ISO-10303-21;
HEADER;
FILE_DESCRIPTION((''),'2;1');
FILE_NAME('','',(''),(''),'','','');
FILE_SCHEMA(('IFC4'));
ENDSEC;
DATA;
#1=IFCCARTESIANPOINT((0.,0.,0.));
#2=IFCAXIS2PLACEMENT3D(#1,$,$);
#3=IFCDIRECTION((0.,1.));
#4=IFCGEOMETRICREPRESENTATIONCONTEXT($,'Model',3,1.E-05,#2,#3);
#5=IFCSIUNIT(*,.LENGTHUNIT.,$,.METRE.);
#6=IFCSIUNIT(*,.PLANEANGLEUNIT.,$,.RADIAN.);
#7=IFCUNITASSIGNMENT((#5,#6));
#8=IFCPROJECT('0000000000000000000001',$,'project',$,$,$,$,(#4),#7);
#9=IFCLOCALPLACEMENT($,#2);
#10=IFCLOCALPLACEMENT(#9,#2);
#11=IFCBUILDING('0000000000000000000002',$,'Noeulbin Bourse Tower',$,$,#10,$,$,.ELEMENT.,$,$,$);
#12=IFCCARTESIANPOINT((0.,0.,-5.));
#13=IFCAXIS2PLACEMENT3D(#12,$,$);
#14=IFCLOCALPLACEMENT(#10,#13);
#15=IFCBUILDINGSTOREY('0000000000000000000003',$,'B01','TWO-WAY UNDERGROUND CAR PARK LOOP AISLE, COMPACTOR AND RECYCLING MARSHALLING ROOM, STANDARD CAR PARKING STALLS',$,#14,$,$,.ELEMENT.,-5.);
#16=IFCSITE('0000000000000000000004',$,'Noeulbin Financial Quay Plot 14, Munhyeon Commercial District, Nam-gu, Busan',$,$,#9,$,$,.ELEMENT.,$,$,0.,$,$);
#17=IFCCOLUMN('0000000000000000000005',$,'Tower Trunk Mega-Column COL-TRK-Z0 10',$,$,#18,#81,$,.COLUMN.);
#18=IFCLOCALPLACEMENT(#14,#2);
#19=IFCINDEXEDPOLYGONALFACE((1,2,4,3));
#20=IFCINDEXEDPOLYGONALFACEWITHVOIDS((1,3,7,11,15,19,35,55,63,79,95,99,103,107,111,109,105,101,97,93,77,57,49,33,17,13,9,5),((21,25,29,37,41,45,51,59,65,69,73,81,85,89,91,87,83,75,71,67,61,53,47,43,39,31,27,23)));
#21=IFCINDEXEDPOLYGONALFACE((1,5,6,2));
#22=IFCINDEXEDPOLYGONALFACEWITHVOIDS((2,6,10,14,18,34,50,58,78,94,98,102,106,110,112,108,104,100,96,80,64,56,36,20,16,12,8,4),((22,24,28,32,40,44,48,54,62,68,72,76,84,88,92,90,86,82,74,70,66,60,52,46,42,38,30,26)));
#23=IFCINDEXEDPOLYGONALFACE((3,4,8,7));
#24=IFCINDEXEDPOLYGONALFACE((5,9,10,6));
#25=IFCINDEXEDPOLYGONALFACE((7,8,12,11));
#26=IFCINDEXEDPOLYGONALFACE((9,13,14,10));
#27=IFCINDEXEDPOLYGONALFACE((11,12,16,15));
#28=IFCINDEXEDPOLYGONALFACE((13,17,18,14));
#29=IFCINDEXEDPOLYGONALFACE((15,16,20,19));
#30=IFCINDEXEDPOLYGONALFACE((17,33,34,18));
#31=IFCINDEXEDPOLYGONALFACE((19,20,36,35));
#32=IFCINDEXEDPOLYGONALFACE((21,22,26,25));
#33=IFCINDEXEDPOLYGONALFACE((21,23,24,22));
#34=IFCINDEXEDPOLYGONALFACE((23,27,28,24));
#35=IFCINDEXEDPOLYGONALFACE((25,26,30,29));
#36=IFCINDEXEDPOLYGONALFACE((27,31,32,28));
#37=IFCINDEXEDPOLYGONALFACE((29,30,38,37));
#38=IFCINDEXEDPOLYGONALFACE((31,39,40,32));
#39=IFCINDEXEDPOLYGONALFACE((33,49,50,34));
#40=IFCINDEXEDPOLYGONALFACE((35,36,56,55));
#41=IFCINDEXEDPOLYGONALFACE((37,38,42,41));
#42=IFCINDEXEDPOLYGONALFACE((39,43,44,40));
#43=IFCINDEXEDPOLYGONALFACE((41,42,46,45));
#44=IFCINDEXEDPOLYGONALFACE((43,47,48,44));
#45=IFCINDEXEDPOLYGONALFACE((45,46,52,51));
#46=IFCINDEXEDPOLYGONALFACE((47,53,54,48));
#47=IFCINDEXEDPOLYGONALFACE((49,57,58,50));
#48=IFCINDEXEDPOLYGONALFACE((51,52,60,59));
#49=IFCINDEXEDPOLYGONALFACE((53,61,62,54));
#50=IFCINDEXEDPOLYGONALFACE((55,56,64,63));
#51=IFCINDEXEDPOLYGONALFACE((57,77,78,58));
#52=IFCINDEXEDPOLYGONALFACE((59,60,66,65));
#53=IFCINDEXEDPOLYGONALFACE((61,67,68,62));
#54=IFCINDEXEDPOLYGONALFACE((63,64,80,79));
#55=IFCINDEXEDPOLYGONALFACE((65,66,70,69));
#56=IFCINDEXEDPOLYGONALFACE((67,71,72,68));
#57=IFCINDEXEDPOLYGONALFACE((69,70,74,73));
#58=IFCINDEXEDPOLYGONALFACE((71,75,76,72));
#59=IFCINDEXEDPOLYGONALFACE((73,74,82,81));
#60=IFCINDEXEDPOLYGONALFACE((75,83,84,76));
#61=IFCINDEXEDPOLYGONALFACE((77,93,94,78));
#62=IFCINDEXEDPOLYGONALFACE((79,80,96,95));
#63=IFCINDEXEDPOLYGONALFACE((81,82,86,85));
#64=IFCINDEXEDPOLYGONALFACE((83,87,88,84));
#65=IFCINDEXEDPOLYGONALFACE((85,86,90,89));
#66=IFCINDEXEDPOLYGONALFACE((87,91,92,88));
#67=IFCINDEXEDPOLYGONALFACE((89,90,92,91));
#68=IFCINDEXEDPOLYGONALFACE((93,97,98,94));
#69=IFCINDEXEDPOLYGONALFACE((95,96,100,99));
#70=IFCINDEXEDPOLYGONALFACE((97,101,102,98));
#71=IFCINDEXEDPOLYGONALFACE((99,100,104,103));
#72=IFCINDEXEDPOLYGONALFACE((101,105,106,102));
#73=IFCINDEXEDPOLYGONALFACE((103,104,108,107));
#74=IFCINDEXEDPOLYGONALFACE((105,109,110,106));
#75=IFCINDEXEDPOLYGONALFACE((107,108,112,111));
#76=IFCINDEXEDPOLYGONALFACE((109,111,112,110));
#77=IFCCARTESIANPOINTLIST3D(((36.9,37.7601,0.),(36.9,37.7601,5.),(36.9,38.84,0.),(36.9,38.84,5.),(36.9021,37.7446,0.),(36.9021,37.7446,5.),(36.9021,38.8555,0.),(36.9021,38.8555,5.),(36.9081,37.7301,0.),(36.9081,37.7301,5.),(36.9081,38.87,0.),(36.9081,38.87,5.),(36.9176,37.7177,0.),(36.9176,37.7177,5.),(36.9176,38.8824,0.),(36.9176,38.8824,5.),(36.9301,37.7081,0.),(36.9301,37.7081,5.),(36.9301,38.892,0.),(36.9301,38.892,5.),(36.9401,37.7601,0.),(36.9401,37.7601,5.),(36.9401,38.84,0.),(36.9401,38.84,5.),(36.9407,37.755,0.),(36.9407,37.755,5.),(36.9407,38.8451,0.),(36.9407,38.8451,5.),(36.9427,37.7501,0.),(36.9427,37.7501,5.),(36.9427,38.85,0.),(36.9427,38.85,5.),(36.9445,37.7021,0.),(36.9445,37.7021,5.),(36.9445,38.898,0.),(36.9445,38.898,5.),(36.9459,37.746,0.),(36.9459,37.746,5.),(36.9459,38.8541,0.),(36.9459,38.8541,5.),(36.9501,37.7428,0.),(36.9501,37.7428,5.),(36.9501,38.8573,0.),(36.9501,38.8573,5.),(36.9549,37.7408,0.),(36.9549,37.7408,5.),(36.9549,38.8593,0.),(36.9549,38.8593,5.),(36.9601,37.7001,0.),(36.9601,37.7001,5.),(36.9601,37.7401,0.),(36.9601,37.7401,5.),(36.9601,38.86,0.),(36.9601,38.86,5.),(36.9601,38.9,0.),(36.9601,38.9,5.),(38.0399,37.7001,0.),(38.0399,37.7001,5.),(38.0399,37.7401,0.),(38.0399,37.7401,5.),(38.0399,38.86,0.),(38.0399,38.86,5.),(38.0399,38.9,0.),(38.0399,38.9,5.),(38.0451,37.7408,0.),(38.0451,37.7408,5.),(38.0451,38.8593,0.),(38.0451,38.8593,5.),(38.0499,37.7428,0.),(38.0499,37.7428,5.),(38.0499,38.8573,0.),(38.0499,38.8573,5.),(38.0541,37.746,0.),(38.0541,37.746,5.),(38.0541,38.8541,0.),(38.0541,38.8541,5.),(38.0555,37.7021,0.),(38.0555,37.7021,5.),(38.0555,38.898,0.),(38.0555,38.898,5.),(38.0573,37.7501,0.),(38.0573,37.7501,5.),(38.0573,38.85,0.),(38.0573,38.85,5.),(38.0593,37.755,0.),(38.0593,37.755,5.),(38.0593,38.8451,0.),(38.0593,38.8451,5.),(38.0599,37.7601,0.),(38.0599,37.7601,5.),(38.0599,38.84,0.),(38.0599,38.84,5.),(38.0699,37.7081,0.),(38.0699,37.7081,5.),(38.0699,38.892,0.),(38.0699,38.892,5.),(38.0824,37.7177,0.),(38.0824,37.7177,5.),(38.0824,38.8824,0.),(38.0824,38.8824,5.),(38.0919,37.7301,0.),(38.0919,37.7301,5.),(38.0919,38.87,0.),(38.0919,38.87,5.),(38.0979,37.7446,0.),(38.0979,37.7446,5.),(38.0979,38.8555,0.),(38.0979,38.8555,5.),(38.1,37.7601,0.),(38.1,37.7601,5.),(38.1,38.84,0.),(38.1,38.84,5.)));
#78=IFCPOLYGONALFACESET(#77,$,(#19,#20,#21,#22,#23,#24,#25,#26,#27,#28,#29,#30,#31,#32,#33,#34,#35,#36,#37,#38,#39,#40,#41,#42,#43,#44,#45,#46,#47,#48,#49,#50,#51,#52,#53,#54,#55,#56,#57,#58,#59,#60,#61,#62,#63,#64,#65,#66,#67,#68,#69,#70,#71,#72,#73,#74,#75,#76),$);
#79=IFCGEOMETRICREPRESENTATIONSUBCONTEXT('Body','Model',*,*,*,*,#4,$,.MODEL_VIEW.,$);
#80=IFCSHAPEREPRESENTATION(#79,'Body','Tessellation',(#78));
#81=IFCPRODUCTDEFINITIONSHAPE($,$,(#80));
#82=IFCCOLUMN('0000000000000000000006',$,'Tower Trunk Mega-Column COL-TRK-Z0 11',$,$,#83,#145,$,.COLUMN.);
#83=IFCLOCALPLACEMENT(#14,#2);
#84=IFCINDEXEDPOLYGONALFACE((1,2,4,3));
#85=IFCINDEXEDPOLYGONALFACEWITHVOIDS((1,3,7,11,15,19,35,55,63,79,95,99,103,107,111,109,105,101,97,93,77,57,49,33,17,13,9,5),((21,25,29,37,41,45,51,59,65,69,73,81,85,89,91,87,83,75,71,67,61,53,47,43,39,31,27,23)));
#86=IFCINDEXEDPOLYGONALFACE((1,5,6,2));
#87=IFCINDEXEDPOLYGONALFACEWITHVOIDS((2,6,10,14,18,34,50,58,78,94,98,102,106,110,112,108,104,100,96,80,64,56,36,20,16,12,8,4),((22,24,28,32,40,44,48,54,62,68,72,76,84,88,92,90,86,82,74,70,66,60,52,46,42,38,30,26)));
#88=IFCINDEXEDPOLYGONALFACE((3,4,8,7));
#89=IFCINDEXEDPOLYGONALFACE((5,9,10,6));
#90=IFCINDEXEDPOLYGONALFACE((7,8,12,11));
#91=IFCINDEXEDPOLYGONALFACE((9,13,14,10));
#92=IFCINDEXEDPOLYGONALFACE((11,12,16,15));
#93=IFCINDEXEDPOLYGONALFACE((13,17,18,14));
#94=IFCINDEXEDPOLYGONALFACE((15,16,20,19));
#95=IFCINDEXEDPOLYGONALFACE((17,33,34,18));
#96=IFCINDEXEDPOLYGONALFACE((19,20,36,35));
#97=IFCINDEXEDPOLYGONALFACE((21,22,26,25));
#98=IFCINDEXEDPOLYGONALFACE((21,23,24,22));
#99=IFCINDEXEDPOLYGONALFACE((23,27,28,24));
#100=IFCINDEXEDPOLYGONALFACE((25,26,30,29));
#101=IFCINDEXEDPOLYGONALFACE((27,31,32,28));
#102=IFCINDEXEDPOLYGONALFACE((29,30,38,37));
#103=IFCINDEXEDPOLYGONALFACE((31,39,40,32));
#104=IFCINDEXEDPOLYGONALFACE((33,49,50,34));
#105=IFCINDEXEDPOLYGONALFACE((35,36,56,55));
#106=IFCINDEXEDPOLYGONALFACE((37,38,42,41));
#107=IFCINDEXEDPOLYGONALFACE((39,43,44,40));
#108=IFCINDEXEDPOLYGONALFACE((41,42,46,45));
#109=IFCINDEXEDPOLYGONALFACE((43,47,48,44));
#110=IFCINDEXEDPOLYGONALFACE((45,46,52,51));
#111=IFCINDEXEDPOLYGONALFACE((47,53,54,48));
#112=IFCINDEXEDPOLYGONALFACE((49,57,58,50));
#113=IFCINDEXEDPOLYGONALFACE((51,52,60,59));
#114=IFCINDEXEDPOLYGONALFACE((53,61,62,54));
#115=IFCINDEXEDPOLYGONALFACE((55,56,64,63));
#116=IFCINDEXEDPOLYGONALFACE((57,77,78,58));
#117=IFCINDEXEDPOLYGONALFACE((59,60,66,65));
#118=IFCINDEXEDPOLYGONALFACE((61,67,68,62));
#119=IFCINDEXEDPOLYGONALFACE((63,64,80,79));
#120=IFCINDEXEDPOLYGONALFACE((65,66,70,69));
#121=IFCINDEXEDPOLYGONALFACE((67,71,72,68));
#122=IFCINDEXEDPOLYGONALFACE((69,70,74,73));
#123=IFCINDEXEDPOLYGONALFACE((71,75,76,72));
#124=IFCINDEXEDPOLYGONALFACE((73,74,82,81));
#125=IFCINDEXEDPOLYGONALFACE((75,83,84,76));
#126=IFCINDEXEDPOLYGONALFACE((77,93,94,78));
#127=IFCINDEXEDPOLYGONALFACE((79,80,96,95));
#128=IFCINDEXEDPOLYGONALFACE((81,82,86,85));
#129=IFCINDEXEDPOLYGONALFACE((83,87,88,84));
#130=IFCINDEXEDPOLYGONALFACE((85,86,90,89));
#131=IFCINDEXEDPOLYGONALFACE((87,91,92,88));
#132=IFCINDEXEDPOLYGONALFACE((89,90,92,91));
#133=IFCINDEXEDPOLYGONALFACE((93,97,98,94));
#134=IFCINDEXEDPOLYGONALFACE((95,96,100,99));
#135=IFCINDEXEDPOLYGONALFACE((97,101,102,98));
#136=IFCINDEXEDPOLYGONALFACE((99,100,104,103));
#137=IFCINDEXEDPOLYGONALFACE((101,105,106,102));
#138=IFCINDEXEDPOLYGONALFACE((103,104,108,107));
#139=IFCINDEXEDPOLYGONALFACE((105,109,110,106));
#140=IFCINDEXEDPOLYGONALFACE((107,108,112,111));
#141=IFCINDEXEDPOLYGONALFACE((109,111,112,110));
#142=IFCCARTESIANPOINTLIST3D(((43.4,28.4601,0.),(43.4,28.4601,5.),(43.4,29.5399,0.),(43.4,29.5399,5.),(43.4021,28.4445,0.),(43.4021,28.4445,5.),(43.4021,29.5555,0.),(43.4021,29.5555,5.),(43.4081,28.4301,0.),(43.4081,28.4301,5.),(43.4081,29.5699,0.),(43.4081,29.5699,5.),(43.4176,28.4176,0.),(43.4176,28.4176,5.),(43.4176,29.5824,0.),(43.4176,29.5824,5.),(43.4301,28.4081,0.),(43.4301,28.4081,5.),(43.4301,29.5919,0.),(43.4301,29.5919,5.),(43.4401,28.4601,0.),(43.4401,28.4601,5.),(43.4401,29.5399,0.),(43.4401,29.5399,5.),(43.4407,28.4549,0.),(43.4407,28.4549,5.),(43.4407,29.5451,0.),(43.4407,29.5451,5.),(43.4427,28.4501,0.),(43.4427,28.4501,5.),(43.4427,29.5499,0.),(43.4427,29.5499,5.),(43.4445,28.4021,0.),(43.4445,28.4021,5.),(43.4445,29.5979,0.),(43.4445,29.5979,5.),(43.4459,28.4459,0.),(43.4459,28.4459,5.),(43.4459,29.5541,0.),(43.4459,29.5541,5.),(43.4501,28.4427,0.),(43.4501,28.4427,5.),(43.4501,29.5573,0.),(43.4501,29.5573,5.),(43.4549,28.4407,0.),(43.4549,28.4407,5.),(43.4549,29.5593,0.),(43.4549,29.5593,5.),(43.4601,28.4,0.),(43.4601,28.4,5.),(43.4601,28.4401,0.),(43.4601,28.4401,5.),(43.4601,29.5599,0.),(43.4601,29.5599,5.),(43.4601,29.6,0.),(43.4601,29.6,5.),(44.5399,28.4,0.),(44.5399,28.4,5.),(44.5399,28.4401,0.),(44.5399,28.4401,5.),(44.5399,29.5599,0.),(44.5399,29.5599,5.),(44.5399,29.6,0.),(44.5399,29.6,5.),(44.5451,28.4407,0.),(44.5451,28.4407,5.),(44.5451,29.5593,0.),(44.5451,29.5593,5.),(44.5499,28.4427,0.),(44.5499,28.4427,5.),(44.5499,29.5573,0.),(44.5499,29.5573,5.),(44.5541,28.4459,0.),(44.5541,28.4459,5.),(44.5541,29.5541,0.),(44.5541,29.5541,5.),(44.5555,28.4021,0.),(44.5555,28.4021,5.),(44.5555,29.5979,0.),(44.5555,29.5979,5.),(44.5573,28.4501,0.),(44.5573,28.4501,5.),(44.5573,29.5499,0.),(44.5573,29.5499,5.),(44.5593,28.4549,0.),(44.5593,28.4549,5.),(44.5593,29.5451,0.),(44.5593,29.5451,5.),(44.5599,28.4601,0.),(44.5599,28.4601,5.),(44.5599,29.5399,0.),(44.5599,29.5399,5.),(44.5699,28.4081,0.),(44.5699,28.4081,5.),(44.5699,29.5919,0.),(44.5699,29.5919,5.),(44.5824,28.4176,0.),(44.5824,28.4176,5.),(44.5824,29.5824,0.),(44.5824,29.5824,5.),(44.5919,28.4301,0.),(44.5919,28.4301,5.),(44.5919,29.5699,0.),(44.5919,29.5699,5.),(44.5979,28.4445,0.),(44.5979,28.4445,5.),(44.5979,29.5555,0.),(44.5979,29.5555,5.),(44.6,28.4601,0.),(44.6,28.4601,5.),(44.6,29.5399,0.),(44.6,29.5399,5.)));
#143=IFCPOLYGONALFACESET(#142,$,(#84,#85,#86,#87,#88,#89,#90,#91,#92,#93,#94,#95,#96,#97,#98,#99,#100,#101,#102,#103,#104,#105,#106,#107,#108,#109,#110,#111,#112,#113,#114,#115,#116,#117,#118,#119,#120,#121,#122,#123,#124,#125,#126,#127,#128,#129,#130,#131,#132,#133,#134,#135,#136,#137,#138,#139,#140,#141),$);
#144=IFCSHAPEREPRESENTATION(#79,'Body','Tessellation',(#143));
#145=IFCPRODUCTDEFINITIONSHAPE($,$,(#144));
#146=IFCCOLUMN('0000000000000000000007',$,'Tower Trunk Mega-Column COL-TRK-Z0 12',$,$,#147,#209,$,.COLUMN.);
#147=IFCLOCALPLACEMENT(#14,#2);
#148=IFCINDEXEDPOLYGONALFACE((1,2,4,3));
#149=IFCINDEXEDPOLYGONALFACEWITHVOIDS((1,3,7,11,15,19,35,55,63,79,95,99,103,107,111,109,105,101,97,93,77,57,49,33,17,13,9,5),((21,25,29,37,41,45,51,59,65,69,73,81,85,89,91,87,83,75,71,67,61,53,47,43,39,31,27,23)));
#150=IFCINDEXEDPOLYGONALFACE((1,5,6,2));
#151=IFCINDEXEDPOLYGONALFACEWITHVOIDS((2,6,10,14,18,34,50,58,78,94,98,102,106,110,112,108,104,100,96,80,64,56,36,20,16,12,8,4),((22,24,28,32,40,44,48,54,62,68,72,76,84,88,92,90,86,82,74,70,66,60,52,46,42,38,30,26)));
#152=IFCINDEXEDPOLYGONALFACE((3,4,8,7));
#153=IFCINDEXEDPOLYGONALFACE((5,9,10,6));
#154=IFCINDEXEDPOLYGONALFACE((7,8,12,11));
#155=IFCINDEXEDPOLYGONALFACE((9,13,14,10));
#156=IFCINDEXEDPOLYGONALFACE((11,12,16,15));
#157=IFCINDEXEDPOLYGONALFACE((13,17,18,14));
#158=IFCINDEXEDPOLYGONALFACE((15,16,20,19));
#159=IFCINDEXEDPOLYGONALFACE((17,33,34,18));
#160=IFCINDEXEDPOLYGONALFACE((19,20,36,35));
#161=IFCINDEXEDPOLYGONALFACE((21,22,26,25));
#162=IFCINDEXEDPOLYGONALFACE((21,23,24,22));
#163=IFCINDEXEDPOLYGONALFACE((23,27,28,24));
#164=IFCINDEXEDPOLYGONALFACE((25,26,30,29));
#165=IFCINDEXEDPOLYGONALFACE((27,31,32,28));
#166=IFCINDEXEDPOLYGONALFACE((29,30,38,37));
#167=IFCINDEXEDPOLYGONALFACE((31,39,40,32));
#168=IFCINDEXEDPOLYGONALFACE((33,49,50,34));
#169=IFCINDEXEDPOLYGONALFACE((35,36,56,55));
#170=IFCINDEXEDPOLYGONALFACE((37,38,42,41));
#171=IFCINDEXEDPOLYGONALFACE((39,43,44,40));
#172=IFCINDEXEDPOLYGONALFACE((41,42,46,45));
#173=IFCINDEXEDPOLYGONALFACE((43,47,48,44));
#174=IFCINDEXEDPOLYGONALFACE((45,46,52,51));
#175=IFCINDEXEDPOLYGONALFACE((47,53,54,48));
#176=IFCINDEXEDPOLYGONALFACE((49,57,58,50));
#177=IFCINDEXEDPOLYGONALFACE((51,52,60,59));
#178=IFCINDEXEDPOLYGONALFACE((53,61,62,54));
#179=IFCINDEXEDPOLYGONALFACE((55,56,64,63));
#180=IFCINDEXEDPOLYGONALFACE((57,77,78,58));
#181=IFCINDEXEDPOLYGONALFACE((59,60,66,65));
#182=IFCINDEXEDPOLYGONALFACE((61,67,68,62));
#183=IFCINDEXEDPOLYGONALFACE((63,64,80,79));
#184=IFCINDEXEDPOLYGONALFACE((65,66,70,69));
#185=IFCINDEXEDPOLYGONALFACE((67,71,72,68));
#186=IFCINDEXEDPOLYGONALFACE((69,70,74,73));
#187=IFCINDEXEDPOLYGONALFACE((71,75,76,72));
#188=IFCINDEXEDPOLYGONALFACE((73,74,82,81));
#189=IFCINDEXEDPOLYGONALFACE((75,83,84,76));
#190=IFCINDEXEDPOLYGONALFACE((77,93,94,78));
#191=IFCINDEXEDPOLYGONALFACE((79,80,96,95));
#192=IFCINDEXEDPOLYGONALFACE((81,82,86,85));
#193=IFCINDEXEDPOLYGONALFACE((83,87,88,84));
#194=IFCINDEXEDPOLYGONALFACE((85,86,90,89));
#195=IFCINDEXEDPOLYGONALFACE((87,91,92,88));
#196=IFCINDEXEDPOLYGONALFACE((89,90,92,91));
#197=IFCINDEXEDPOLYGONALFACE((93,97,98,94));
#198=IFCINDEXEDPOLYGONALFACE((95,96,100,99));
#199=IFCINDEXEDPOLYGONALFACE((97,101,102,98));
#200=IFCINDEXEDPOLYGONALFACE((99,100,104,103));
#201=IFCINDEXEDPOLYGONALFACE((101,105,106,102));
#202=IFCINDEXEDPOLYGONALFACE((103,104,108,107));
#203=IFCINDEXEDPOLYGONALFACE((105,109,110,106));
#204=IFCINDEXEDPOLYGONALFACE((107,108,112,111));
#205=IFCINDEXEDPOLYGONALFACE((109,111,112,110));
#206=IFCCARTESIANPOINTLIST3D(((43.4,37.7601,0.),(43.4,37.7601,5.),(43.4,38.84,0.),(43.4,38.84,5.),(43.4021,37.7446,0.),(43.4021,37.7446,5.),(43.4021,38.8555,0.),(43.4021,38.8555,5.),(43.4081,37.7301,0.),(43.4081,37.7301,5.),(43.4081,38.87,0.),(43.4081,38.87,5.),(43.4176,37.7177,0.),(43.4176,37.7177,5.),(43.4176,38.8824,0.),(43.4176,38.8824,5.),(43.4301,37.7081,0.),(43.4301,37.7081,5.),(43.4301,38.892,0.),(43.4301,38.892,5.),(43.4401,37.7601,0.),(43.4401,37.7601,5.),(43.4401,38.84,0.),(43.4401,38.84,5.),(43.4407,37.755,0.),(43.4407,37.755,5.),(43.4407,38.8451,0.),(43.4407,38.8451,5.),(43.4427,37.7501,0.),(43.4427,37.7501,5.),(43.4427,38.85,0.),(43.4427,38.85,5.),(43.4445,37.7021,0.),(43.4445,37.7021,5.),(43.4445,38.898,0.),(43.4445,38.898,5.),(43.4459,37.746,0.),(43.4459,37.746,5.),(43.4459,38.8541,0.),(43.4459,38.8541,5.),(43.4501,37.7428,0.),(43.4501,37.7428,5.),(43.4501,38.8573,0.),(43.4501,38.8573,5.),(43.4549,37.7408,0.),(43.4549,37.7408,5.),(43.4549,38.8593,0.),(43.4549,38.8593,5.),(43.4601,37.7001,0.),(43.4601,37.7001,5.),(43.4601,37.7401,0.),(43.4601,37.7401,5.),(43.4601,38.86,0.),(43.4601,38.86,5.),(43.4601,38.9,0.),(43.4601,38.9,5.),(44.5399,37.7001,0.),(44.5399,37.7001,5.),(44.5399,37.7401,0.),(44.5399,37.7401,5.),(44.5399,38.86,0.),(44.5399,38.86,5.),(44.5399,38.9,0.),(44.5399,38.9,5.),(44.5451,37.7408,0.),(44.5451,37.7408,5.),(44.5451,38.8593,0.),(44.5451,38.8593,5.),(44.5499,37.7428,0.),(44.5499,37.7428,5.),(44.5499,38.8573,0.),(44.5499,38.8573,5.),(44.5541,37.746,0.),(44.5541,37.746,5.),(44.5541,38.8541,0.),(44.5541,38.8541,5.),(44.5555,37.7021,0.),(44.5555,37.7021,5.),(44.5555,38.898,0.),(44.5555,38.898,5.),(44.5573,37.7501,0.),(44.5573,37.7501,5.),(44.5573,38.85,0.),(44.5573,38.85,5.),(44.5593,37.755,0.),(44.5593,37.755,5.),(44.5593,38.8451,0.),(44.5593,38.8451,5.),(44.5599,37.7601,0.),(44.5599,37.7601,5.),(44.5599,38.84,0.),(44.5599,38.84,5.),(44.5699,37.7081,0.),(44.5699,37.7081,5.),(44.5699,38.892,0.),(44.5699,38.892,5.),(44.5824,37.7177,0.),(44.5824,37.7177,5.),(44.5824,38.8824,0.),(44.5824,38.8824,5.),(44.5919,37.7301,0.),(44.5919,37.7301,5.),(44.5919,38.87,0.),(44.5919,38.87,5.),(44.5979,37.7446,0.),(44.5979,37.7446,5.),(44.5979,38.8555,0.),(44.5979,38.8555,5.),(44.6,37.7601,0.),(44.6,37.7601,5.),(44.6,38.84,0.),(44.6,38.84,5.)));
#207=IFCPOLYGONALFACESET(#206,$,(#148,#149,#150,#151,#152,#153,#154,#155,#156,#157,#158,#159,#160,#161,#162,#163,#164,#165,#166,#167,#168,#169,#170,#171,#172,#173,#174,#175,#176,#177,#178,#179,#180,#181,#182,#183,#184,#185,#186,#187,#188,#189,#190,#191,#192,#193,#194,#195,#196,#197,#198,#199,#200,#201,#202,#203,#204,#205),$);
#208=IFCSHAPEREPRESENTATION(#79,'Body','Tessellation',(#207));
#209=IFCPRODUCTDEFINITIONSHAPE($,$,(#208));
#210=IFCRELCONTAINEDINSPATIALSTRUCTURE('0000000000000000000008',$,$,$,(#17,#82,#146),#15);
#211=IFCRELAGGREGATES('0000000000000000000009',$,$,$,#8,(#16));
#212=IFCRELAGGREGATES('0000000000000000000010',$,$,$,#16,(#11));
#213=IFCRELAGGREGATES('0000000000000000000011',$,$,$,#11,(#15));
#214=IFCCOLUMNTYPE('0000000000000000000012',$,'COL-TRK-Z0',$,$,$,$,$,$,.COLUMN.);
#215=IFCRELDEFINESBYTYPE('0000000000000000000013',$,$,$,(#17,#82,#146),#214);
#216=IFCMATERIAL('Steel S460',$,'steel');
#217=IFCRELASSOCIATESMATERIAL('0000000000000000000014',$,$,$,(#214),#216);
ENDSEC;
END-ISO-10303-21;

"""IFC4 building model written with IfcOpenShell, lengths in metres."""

from ifc_helpers import new_model, si_unit, direction, frame, origin, origin_2d, place, context, subcontext, project, spatial, hollow_rectangle, extrude, material, material_profile, profile_set, type_object, element, save


model = new_model("IFC4")

# Units and contexts
model_context = context("Model", 3, precision=1e-05, world=origin(), true_north=direction((0.0, 1.0)))
body_context = subcontext(model_context, "Body", "Model", "MODEL_VIEW")
ifc_project = project(units=[si_unit("LENGTHUNIT", "METRE"), si_unit("PLANEANGLEUNIT", "RADIAN")], contexts=[model_context])

# Site, building, storey
site_placement = place(None, origin())
site = spatial("IfcSite", under=ifc_project, at=site_placement, Name="Noeulbin Financial Quay Plot 14, Munhyeon Commercial District, Nam-gu, Busan", CompositionType="ELEMENT", RefElevation=0.0)
building_placement = place(site_placement, origin())
building = spatial("IfcBuilding", under=site, at=building_placement, Name="Noeulbin Bourse Tower", CompositionType="ELEMENT")
storey_placement = place(building_placement, frame((0.0, 0.0, -5.0)))
storey = spatial("IfcBuildingStorey", under=building, at=storey_placement, Name="B01", Description="TWO-WAY UNDERGROUND CAR PARK LOOP AISLE, COMPACTOR AND RECYCLING MARSHALLING ROOM, STANDARD CAR PARKING STALLS", CompositionType="ELEMENT", Elevation=-5.0)

# Columns
ifc_material_1 = material(Name="Steel S460", Category="steel")
ifc_material_profile_1 = material_profile(ifc_material_1, hollow_rectangle(XDim=1.2, YDim=1.2, WallThickness=0.04, InnerFilletRadius=0.02, OuterFilletRadius=0.0601, at=origin_2d()), Name="BOX-1200x1200x40", Category="LoadBearing")
ifc_profile_set_1 = profile_set([ifc_material_profile_1], Name="Steel S460")
column_type = type_object("IfcColumnType", Name="COL-TRK-Z0", PredefinedType="COLUMN", material=ifc_profile_set_1)
for number, where, z_axis, x_axis, name in (
    (1, (37.5, 38.3, 0.0), (0.0, 0.0, 1.0), (1.0, 0.0, 0.0), "Tower Trunk Mega-Column COL-TRK-Z0 10"),
    (2, (44.0, 29.0, 0.0), (0.0, 0.0, 1.0), (1.0, 0.0, 0.0), "Tower Trunk Mega-Column COL-TRK-Z0 11"),
    (3, (44.0, 38.3, 0.0), (0.0, 0.0, 1.0), (1.0, 0.0, 0.0), "Tower Trunk Mega-Column COL-TRK-Z0 12"),
):
    element("IfcColumn", number, at=place(storey_placement, frame(where, z_axis=z_axis, x_axis=x_axis)), inside=storey, type_object=column_type, Name=name, PredefinedType="COLUMN", context=body_context, shape_type="SweptSolid", body=[
        extrude(hollow_rectangle(XDim=1.2, YDim=1.2, WallThickness=0.04, InnerFilletRadius=0.02, OuterFilletRadius=0.0601, at=origin_2d()), origin(), (0.0, 0.0, 1.0), 5.0),
    ])

save(model, "model.ifc")
